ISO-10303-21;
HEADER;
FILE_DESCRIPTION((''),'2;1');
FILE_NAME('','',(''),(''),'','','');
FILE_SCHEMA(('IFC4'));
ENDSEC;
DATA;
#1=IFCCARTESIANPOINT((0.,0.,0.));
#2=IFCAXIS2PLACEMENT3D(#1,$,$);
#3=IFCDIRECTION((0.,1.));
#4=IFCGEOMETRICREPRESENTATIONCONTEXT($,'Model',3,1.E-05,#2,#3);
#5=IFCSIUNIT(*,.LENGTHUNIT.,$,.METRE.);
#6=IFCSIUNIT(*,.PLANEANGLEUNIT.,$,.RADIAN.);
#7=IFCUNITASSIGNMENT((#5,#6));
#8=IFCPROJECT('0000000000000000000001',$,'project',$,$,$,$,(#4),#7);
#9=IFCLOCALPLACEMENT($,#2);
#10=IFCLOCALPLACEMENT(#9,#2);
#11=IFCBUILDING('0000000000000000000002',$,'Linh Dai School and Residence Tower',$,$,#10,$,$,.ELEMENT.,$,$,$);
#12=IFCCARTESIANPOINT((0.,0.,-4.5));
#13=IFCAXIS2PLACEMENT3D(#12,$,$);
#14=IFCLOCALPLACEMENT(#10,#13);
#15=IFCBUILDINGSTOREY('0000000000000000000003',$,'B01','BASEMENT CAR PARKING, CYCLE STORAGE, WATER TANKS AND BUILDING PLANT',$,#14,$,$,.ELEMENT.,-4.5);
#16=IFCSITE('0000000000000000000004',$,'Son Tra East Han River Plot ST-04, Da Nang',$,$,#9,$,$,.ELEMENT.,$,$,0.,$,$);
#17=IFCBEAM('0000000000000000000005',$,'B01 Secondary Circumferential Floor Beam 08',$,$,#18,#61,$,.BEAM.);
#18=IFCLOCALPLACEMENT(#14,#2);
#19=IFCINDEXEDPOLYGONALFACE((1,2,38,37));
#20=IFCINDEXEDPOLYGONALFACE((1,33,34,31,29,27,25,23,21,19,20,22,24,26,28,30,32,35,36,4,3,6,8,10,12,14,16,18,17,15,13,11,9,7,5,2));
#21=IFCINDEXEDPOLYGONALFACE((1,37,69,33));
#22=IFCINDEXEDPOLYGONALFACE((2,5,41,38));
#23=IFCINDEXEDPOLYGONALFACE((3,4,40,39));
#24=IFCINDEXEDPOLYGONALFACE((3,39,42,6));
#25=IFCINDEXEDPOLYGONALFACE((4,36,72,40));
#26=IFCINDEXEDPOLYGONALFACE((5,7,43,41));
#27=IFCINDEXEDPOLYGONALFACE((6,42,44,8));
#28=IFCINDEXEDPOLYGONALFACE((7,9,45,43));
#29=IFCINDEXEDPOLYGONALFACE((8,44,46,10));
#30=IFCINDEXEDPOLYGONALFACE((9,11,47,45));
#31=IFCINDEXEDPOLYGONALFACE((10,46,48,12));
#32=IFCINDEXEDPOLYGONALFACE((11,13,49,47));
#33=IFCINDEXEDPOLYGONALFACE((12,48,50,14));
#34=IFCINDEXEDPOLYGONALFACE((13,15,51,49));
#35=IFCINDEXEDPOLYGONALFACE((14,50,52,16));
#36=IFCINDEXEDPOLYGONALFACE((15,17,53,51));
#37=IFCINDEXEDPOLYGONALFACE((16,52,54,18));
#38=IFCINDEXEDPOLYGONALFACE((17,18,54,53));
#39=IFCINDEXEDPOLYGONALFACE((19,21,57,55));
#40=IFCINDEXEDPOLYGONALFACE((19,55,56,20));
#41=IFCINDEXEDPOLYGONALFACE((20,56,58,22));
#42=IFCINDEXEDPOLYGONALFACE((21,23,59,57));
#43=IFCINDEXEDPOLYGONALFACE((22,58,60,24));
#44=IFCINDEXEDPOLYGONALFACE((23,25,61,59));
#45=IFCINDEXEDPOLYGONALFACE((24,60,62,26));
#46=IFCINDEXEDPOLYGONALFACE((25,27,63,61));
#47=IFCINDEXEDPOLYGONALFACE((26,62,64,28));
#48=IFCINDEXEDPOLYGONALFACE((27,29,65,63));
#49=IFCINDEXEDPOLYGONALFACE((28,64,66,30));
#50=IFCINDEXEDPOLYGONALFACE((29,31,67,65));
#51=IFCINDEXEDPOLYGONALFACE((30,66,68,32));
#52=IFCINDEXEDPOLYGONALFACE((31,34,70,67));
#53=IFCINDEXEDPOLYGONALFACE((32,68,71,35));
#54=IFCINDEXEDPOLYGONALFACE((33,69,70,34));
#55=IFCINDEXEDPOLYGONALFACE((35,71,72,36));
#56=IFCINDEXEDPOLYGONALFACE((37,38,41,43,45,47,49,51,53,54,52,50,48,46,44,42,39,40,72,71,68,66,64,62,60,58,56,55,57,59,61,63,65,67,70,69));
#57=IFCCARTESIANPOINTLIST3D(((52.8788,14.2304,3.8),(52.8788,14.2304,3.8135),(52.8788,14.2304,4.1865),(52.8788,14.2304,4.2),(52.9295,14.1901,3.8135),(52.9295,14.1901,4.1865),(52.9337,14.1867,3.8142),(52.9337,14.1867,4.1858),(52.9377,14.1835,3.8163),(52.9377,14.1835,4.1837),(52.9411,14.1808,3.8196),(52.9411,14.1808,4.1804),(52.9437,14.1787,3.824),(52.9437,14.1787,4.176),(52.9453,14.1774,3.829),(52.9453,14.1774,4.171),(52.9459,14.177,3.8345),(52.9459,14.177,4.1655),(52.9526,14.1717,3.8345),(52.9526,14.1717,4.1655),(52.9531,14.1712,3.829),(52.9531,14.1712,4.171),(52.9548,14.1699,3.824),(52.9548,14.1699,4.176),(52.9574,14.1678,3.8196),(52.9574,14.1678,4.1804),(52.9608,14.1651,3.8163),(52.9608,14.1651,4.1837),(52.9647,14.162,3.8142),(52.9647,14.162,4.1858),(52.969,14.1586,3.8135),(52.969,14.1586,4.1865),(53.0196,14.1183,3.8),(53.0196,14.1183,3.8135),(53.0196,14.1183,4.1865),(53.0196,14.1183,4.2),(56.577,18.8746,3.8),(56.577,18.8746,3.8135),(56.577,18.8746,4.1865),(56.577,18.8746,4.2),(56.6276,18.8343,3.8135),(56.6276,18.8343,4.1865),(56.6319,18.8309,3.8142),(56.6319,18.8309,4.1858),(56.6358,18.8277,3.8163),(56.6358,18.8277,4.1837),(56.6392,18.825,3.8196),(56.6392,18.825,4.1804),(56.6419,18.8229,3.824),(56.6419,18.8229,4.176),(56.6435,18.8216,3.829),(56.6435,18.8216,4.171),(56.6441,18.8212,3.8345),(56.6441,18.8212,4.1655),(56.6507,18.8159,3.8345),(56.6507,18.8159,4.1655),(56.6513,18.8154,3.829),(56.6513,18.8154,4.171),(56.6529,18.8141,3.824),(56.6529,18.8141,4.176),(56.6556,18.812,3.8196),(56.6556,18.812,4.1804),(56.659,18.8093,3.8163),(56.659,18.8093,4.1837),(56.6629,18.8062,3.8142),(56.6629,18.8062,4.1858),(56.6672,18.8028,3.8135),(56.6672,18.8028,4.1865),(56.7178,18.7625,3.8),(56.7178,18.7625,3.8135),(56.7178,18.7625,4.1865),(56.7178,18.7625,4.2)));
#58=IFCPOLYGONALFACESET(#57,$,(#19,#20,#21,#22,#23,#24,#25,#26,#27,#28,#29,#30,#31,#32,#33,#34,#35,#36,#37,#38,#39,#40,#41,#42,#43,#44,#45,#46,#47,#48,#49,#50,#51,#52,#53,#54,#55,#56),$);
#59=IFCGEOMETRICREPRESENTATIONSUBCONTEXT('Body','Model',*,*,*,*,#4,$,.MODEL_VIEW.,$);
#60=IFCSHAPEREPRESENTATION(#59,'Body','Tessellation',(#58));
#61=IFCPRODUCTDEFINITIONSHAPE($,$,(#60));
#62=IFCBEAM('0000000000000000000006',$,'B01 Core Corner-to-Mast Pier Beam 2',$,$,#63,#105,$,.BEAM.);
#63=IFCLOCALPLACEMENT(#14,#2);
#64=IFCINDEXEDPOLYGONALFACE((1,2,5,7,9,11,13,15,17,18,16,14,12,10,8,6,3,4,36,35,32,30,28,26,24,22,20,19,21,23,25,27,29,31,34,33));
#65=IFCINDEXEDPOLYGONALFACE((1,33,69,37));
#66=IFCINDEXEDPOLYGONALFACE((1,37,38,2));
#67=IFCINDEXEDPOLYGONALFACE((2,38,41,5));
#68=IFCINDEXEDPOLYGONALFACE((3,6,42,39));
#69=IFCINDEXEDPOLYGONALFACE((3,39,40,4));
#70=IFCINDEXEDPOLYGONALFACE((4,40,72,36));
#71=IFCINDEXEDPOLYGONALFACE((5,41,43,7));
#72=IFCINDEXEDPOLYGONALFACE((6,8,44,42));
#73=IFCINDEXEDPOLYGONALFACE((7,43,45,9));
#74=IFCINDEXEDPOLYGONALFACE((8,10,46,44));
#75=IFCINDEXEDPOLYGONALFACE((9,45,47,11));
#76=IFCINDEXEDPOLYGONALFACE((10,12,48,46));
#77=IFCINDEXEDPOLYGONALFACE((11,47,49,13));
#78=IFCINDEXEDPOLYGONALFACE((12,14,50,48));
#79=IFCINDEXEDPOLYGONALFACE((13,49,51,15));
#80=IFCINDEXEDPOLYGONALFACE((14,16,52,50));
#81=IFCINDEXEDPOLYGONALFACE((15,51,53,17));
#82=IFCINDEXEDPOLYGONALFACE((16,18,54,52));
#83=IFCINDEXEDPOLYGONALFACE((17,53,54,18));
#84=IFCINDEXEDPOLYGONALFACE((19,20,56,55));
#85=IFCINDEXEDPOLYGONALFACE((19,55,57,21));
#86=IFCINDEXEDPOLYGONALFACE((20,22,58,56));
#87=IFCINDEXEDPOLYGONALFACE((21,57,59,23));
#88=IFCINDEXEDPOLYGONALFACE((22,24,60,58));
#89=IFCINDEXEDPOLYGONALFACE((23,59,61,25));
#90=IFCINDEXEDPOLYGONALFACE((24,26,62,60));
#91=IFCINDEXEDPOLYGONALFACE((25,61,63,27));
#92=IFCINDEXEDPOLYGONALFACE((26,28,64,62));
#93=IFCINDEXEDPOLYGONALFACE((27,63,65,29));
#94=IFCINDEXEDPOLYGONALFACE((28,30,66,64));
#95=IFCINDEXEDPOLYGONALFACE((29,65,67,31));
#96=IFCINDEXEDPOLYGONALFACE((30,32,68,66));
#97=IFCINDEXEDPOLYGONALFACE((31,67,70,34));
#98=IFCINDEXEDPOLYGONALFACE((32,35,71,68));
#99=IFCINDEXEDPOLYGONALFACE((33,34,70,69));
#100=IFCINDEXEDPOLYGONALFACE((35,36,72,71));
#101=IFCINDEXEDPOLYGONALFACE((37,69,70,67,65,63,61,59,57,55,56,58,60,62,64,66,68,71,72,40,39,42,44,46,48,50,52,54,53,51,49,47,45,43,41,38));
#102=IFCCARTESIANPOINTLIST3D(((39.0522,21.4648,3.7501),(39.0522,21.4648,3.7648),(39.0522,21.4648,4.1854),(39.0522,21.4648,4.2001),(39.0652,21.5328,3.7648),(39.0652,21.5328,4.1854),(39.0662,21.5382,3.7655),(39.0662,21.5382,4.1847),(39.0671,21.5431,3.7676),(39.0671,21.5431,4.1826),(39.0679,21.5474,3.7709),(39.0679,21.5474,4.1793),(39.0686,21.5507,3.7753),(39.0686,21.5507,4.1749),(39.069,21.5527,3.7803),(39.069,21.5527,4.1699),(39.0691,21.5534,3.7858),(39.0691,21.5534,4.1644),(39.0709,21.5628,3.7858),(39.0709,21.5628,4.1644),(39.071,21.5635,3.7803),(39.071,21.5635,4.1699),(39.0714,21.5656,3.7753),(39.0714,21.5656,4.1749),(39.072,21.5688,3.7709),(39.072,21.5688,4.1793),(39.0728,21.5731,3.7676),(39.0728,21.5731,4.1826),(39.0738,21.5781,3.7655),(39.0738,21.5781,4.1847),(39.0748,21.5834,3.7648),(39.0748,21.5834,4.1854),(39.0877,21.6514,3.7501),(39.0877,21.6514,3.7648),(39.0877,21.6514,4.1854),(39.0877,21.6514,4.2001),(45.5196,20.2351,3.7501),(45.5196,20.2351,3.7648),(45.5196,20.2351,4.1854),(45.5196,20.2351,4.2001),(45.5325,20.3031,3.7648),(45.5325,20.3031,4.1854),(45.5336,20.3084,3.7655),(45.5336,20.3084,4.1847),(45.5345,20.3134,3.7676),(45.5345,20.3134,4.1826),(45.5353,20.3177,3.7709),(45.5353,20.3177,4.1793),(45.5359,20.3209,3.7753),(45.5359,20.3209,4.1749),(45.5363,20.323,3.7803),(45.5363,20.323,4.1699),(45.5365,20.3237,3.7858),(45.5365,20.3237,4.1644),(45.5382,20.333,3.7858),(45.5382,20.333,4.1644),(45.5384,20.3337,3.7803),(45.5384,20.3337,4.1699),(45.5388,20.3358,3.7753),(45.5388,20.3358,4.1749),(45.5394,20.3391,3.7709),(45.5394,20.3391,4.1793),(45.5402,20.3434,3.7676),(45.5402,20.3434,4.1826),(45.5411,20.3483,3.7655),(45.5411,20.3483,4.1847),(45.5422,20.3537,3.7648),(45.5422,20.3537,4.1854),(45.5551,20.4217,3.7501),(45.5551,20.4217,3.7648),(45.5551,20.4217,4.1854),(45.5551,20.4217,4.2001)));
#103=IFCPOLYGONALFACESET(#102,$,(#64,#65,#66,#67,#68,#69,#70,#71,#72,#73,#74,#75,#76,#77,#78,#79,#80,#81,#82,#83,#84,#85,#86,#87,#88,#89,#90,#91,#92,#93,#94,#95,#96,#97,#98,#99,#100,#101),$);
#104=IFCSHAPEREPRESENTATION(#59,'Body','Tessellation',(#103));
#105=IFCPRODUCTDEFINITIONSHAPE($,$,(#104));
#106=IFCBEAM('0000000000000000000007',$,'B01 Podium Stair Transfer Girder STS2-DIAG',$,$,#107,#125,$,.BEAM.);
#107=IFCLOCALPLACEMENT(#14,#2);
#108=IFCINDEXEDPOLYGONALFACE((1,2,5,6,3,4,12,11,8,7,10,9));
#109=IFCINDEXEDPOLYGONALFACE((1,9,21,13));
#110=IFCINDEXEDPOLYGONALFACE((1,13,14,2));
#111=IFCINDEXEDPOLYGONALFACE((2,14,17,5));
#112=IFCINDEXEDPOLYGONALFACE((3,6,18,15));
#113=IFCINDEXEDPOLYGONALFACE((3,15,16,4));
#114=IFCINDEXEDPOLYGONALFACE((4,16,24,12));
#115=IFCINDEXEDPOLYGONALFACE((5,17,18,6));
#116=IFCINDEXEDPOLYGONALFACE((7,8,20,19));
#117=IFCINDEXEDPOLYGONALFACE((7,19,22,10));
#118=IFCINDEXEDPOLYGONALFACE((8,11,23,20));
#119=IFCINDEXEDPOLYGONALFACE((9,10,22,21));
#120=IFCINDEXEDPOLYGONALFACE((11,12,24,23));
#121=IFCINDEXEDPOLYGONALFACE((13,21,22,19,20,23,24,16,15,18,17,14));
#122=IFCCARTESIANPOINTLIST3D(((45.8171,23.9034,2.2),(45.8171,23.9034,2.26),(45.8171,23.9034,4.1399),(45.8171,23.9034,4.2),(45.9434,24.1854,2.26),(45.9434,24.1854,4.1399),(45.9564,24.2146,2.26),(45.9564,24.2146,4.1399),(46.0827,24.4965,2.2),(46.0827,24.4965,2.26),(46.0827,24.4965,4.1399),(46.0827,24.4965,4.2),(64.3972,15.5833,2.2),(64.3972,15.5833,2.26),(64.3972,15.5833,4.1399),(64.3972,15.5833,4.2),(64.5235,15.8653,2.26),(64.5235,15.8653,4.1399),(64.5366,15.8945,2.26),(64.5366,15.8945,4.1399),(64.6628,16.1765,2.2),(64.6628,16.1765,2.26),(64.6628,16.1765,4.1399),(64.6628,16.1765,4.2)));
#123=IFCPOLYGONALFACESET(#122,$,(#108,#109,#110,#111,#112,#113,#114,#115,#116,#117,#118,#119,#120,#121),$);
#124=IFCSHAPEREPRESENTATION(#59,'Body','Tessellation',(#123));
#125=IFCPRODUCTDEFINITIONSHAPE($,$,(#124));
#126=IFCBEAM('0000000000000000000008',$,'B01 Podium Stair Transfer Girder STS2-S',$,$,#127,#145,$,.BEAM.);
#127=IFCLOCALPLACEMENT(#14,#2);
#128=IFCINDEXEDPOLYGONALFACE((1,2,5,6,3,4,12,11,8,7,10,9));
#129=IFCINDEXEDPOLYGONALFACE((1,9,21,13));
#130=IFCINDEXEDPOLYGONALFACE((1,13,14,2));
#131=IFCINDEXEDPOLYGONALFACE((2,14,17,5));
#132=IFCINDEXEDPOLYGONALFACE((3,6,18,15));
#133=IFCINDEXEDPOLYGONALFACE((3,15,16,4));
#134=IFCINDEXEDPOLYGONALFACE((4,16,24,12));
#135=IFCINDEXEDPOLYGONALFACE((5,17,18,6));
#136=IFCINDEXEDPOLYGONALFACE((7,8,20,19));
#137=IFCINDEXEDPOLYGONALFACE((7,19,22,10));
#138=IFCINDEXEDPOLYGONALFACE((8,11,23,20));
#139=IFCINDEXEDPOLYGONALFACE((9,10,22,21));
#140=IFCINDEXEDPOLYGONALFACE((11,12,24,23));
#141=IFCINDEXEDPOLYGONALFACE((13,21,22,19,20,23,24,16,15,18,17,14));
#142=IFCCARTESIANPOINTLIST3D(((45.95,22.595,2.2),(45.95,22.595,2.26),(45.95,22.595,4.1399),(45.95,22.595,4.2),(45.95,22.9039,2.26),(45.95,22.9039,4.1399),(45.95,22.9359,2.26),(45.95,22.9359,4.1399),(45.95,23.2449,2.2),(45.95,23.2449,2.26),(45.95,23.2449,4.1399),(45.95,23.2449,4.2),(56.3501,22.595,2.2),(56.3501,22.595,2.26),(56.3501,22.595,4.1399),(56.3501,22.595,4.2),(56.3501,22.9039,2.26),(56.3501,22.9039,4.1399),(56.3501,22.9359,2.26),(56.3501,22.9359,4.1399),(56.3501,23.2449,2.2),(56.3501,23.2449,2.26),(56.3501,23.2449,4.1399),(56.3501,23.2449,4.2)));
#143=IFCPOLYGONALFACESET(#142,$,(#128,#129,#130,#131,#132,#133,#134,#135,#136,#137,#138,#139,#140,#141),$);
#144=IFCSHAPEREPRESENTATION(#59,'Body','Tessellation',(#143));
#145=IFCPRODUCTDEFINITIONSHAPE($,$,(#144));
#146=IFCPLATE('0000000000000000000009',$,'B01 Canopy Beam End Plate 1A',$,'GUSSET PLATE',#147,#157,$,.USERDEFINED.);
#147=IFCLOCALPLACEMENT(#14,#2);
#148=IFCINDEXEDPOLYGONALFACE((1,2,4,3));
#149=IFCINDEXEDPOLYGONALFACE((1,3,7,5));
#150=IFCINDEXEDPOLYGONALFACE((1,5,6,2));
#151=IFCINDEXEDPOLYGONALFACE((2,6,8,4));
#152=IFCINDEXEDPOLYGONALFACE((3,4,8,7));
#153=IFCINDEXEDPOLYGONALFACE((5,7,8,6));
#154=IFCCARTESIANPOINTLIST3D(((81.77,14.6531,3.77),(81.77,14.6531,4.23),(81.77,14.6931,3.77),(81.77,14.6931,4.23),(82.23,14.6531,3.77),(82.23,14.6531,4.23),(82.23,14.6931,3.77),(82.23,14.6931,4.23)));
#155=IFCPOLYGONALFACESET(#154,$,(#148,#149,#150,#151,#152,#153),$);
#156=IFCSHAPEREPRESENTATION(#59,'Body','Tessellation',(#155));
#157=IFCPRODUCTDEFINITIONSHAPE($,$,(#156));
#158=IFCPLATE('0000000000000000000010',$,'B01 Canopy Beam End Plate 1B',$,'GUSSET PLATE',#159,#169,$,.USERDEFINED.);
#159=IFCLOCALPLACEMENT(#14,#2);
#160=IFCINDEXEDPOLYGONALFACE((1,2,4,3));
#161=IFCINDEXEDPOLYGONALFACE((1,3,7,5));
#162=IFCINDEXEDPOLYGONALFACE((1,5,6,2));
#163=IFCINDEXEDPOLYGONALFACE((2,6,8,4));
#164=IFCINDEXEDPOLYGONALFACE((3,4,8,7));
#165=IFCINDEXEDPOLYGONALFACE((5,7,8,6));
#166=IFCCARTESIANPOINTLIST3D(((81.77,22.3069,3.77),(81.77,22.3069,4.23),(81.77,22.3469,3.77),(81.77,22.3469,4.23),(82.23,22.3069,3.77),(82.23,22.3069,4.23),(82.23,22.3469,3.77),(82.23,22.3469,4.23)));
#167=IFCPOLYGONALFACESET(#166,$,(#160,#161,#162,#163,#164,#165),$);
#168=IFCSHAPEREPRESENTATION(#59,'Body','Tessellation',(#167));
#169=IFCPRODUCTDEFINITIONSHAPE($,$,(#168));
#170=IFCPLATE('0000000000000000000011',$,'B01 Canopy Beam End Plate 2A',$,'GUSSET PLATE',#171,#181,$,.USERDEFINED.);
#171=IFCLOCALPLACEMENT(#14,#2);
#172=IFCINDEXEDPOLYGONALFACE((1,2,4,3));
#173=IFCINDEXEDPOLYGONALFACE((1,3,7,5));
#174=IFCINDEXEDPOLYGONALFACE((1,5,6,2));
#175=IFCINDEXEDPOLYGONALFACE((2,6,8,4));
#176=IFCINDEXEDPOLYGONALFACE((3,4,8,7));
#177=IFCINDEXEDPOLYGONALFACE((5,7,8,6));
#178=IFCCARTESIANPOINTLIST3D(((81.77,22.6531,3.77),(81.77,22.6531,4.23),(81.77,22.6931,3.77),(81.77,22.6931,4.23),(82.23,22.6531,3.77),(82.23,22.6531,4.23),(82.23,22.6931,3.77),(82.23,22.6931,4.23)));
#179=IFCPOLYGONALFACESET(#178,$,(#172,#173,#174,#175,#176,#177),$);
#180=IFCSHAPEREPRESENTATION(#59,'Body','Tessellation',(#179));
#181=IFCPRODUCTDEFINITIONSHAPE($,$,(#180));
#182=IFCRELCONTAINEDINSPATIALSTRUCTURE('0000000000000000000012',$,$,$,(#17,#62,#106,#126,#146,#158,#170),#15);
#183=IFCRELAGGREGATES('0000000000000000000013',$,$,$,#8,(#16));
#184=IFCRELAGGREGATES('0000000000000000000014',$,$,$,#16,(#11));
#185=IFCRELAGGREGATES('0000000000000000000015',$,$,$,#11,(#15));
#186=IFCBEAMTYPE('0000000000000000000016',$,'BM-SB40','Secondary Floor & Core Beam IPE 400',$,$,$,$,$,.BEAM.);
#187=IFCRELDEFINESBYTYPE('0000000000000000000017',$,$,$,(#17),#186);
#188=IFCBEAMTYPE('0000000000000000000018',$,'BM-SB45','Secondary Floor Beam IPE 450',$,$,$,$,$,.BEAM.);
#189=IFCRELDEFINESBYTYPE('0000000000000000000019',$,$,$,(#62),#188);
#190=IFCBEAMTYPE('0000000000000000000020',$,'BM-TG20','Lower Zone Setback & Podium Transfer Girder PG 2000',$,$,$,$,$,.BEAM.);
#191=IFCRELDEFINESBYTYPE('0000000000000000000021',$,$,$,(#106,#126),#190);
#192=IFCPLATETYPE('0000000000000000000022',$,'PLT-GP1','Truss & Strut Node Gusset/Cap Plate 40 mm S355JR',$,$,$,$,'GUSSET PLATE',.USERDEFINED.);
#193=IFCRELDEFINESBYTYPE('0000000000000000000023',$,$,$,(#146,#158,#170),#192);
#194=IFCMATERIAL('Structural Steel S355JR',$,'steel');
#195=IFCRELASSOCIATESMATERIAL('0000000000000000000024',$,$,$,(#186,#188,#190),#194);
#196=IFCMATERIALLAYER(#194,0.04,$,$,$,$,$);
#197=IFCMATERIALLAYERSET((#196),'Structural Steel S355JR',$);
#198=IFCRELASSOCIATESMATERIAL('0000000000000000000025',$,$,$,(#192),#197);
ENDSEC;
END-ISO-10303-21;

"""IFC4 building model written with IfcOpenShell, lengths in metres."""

from ifc_helpers import new_model, si_unit, direction, frame, origin, origin_2d, place, context, subcontext, project, spatial, rectangle, i_section, extrude, source, transform, mapped, material, layer, layer_set, material_profile, profile_set, type_object, element, save


model = new_model("IFC4")

# Units and contexts
model_context = context("Model", 3, precision=1e-05, world=origin(), true_north=direction((0.0, 1.0)))
body_context = subcontext(model_context, "Body", "Model", "MODEL_VIEW")
ifc_project = project(units=[si_unit("LENGTHUNIT", "METRE"), si_unit("PLANEANGLEUNIT", "RADIAN")], contexts=[model_context])

# Site, building, storey
site_placement = place(None, origin())
site = spatial("IfcSite", under=ifc_project, at=site_placement, Name="Son Tra East Han River Plot ST-04, Da Nang", CompositionType="ELEMENT", RefElevation=0.0)
building_placement = place(site_placement, origin())
building = spatial("IfcBuilding", under=site, at=building_placement, Name="Linh Dai School and Residence Tower", CompositionType="ELEMENT")
storey_placement = place(building_placement, frame((0.0, 0.0, -4.5)))
storey = spatial("IfcBuildingStorey", under=building, at=storey_placement, Name="B01", Description="BASEMENT CAR PARKING, CYCLE STORAGE, WATER TANKS AND BUILDING PLANT", CompositionType="ELEMENT", Elevation=-4.5)

# Shared definitions
ifc_material_1 = material(Name="Structural Steel S355JR", Category="steel")

# Beams
ifc_material_profile_1 = material_profile(ifc_material_1, i_section(OverallWidth=0.1799, OverallDepth=0.3999, WebThickness=0.0085, FlangeThickness=0.0134, FilletRadius=0.021, at=origin_2d()), Name="IPE 400")
ifc_profile_set_1 = profile_set([ifc_material_profile_1], Name="Structural Steel S355JR")
beam_type_1 = type_object("IfcBeamType", Name="BM-SB40", Description="Secondary Floor & Core Beam IPE 400", PredefinedType="BEAM", material=ifc_profile_set_1)
beam_1_placement = place(storey_placement, frame((52.9492, 14.1743, 4.0), z_axis=(0.622928, 0.782279, 0.0), x_axis=(-0.782279, 0.622928, 0.0)))
element("IfcBeam", 1, at=beam_1_placement, inside=storey, type_object=beam_type_1, Name="B01 Secondary Circumferential Floor Beam 08", PredefinedType="BEAM", context=body_context, shape_type="SweptSolid", body=[
    extrude(i_section(OverallWidth=0.1799, OverallDepth=0.3999, WebThickness=0.0085, FlangeThickness=0.0134, FilletRadius=0.021, at=origin_2d()), origin(), (0.0, 0.0, 1.0), 5.9368),
])
ifc_material_profile_2 = material_profile(ifc_material_1, i_section(OverallWidth=0.1899, OverallDepth=0.45, WebThickness=0.0095, FlangeThickness=0.0146, FilletRadius=0.021, at=origin_2d()), Name="IPE 450")
ifc_profile_set_2 = profile_set([ifc_material_profile_2], Name="Structural Steel S355JR")
beam_type_2 = type_object("IfcBeamType", Name="BM-SB45", Description="Secondary Floor Beam IPE 450", PredefinedType="BEAM", material=ifc_profile_set_2)
beam_2_placement = place(storey_placement, frame((45.5374, 20.3284, 3.9751), z_axis=(-0.982398, 0.1868, 0.0), x_axis=(-0.1868, -0.982398, 0.0)))
element("IfcBeam", 2, at=beam_2_placement, inside=storey, type_object=beam_type_2, Name="B01 Core Corner-to-Mast Pier Beam 2", PredefinedType="BEAM", context=body_context, shape_type="SweptSolid", body=[
    extrude(i_section(OverallWidth=0.1899, OverallDepth=0.45, WebThickness=0.0095, FlangeThickness=0.0146, FilletRadius=0.021, at=origin_2d()), origin(), (0.0, 0.0, 1.0), 6.5833),
])
ifc_material_profile_3 = material_profile(ifc_material_1, i_section(OverallWidth=0.6499, OverallDepth=2.0, WebThickness=0.032, FlangeThickness=0.0601, at=origin_2d()), Name="PG 2000x650x32x60")
ifc_profile_set_3 = profile_set([ifc_material_profile_3], Name="Structural Steel S355JR")
beam_type_3 = type_object("IfcBeamType", Name="BM-TG20", Description="Lower Zone Setback & Podium Transfer Girder PG 2000", PredefinedType="BEAM", material=ifc_profile_set_3)
beam_3_placement = place(storey_placement, frame((64.53, 15.8799, 3.2), z_axis=(-0.912673, 0.408691, 0.0), x_axis=(-0.408691, -0.912673, 0.0)))
element("IfcBeam", 3, at=beam_3_placement, inside=storey, type_object=beam_type_3, Name="B01 Podium Stair Transfer Girder STS2-DIAG", PredefinedType="BEAM", context=body_context, shape_type="SweptSolid", body=[
    extrude(i_section(OverallWidth=0.6499, OverallDepth=2.0, WebThickness=0.032, FlangeThickness=0.0601, at=origin_2d()), origin(), (0.0, 0.0, 1.0), 20.3579),
])
beam_4_placement = place(storey_placement, frame((56.3501, 22.9199, 3.2), z_axis=(-1.0, 0.0, 0.0), x_axis=(0.0, -1.0, 0.0)))
element("IfcBeam", 4, at=beam_4_placement, inside=storey, type_object=beam_type_3, Name="B01 Podium Stair Transfer Girder STS2-S", PredefinedType="BEAM", context=body_context, shape_type="SweptSolid", body=[
    extrude(i_section(OverallWidth=0.6499, OverallDepth=2.0, WebThickness=0.032, FlangeThickness=0.0601, at=origin_2d()), origin(), (0.0, 0.0, 1.0), 10.4001),
])

# Plates
ifc_layer_1 = layer(ifc_material_1, 0.04)
ifc_layer_set_1 = layer_set([ifc_layer_1], Name="Structural Steel S355JR")
plate_type = type_object("IfcPlateType", Name="PLT-GP1", Description="Truss & Strut Node Gusset/Cap Plate 40 mm S355JR", ElementType="GUSSET PLATE", PredefinedType="USERDEFINED", material=ifc_layer_set_1)
shared_shape_1 = source(origin(), body_context, "Body", "SweptSolid", [
    extrude(rectangle(XDim=0.46, YDim=0.04, at=origin_2d()), origin(), (0.0, 0.0, 1.0), 0.46),
])
for number, where, z_axis, x_axis, name in (
    (5, (82.0, 14.6731, 3.77), (0.0, 0.0, 1.0), (1.0, 0.0, 0.0), "B01 Canopy Beam End Plate 1A"),
    (6, (82.0, 22.3269, 3.77), (0.0, 0.0, 1.0), (1.0, 0.0, 0.0), "B01 Canopy Beam End Plate 1B"),
    (7, (82.0, 22.6731, 3.77), (0.0, 0.0, 1.0), (1.0, 0.0, 0.0), "B01 Canopy Beam End Plate 2A"),
):
    element("IfcPlate", number, at=place(storey_placement, frame(where, z_axis=z_axis, x_axis=x_axis)), inside=storey, type_object=plate_type, Name=name, ObjectType="GUSSET PLATE", PredefinedType="USERDEFINED", context=body_context, shape_type="MappedRepresentation", body=[
        mapped(shared_shape_1, transform((0.0, 0.0, 0.0), x_axis=(1.0, 0.0, 0.0), y_axis=(0.0, 1.0, 0.0), z_axis=(0.0, 0.0, 1.0), scale=1.0)),
    ])

save(model, "model.ifc")
